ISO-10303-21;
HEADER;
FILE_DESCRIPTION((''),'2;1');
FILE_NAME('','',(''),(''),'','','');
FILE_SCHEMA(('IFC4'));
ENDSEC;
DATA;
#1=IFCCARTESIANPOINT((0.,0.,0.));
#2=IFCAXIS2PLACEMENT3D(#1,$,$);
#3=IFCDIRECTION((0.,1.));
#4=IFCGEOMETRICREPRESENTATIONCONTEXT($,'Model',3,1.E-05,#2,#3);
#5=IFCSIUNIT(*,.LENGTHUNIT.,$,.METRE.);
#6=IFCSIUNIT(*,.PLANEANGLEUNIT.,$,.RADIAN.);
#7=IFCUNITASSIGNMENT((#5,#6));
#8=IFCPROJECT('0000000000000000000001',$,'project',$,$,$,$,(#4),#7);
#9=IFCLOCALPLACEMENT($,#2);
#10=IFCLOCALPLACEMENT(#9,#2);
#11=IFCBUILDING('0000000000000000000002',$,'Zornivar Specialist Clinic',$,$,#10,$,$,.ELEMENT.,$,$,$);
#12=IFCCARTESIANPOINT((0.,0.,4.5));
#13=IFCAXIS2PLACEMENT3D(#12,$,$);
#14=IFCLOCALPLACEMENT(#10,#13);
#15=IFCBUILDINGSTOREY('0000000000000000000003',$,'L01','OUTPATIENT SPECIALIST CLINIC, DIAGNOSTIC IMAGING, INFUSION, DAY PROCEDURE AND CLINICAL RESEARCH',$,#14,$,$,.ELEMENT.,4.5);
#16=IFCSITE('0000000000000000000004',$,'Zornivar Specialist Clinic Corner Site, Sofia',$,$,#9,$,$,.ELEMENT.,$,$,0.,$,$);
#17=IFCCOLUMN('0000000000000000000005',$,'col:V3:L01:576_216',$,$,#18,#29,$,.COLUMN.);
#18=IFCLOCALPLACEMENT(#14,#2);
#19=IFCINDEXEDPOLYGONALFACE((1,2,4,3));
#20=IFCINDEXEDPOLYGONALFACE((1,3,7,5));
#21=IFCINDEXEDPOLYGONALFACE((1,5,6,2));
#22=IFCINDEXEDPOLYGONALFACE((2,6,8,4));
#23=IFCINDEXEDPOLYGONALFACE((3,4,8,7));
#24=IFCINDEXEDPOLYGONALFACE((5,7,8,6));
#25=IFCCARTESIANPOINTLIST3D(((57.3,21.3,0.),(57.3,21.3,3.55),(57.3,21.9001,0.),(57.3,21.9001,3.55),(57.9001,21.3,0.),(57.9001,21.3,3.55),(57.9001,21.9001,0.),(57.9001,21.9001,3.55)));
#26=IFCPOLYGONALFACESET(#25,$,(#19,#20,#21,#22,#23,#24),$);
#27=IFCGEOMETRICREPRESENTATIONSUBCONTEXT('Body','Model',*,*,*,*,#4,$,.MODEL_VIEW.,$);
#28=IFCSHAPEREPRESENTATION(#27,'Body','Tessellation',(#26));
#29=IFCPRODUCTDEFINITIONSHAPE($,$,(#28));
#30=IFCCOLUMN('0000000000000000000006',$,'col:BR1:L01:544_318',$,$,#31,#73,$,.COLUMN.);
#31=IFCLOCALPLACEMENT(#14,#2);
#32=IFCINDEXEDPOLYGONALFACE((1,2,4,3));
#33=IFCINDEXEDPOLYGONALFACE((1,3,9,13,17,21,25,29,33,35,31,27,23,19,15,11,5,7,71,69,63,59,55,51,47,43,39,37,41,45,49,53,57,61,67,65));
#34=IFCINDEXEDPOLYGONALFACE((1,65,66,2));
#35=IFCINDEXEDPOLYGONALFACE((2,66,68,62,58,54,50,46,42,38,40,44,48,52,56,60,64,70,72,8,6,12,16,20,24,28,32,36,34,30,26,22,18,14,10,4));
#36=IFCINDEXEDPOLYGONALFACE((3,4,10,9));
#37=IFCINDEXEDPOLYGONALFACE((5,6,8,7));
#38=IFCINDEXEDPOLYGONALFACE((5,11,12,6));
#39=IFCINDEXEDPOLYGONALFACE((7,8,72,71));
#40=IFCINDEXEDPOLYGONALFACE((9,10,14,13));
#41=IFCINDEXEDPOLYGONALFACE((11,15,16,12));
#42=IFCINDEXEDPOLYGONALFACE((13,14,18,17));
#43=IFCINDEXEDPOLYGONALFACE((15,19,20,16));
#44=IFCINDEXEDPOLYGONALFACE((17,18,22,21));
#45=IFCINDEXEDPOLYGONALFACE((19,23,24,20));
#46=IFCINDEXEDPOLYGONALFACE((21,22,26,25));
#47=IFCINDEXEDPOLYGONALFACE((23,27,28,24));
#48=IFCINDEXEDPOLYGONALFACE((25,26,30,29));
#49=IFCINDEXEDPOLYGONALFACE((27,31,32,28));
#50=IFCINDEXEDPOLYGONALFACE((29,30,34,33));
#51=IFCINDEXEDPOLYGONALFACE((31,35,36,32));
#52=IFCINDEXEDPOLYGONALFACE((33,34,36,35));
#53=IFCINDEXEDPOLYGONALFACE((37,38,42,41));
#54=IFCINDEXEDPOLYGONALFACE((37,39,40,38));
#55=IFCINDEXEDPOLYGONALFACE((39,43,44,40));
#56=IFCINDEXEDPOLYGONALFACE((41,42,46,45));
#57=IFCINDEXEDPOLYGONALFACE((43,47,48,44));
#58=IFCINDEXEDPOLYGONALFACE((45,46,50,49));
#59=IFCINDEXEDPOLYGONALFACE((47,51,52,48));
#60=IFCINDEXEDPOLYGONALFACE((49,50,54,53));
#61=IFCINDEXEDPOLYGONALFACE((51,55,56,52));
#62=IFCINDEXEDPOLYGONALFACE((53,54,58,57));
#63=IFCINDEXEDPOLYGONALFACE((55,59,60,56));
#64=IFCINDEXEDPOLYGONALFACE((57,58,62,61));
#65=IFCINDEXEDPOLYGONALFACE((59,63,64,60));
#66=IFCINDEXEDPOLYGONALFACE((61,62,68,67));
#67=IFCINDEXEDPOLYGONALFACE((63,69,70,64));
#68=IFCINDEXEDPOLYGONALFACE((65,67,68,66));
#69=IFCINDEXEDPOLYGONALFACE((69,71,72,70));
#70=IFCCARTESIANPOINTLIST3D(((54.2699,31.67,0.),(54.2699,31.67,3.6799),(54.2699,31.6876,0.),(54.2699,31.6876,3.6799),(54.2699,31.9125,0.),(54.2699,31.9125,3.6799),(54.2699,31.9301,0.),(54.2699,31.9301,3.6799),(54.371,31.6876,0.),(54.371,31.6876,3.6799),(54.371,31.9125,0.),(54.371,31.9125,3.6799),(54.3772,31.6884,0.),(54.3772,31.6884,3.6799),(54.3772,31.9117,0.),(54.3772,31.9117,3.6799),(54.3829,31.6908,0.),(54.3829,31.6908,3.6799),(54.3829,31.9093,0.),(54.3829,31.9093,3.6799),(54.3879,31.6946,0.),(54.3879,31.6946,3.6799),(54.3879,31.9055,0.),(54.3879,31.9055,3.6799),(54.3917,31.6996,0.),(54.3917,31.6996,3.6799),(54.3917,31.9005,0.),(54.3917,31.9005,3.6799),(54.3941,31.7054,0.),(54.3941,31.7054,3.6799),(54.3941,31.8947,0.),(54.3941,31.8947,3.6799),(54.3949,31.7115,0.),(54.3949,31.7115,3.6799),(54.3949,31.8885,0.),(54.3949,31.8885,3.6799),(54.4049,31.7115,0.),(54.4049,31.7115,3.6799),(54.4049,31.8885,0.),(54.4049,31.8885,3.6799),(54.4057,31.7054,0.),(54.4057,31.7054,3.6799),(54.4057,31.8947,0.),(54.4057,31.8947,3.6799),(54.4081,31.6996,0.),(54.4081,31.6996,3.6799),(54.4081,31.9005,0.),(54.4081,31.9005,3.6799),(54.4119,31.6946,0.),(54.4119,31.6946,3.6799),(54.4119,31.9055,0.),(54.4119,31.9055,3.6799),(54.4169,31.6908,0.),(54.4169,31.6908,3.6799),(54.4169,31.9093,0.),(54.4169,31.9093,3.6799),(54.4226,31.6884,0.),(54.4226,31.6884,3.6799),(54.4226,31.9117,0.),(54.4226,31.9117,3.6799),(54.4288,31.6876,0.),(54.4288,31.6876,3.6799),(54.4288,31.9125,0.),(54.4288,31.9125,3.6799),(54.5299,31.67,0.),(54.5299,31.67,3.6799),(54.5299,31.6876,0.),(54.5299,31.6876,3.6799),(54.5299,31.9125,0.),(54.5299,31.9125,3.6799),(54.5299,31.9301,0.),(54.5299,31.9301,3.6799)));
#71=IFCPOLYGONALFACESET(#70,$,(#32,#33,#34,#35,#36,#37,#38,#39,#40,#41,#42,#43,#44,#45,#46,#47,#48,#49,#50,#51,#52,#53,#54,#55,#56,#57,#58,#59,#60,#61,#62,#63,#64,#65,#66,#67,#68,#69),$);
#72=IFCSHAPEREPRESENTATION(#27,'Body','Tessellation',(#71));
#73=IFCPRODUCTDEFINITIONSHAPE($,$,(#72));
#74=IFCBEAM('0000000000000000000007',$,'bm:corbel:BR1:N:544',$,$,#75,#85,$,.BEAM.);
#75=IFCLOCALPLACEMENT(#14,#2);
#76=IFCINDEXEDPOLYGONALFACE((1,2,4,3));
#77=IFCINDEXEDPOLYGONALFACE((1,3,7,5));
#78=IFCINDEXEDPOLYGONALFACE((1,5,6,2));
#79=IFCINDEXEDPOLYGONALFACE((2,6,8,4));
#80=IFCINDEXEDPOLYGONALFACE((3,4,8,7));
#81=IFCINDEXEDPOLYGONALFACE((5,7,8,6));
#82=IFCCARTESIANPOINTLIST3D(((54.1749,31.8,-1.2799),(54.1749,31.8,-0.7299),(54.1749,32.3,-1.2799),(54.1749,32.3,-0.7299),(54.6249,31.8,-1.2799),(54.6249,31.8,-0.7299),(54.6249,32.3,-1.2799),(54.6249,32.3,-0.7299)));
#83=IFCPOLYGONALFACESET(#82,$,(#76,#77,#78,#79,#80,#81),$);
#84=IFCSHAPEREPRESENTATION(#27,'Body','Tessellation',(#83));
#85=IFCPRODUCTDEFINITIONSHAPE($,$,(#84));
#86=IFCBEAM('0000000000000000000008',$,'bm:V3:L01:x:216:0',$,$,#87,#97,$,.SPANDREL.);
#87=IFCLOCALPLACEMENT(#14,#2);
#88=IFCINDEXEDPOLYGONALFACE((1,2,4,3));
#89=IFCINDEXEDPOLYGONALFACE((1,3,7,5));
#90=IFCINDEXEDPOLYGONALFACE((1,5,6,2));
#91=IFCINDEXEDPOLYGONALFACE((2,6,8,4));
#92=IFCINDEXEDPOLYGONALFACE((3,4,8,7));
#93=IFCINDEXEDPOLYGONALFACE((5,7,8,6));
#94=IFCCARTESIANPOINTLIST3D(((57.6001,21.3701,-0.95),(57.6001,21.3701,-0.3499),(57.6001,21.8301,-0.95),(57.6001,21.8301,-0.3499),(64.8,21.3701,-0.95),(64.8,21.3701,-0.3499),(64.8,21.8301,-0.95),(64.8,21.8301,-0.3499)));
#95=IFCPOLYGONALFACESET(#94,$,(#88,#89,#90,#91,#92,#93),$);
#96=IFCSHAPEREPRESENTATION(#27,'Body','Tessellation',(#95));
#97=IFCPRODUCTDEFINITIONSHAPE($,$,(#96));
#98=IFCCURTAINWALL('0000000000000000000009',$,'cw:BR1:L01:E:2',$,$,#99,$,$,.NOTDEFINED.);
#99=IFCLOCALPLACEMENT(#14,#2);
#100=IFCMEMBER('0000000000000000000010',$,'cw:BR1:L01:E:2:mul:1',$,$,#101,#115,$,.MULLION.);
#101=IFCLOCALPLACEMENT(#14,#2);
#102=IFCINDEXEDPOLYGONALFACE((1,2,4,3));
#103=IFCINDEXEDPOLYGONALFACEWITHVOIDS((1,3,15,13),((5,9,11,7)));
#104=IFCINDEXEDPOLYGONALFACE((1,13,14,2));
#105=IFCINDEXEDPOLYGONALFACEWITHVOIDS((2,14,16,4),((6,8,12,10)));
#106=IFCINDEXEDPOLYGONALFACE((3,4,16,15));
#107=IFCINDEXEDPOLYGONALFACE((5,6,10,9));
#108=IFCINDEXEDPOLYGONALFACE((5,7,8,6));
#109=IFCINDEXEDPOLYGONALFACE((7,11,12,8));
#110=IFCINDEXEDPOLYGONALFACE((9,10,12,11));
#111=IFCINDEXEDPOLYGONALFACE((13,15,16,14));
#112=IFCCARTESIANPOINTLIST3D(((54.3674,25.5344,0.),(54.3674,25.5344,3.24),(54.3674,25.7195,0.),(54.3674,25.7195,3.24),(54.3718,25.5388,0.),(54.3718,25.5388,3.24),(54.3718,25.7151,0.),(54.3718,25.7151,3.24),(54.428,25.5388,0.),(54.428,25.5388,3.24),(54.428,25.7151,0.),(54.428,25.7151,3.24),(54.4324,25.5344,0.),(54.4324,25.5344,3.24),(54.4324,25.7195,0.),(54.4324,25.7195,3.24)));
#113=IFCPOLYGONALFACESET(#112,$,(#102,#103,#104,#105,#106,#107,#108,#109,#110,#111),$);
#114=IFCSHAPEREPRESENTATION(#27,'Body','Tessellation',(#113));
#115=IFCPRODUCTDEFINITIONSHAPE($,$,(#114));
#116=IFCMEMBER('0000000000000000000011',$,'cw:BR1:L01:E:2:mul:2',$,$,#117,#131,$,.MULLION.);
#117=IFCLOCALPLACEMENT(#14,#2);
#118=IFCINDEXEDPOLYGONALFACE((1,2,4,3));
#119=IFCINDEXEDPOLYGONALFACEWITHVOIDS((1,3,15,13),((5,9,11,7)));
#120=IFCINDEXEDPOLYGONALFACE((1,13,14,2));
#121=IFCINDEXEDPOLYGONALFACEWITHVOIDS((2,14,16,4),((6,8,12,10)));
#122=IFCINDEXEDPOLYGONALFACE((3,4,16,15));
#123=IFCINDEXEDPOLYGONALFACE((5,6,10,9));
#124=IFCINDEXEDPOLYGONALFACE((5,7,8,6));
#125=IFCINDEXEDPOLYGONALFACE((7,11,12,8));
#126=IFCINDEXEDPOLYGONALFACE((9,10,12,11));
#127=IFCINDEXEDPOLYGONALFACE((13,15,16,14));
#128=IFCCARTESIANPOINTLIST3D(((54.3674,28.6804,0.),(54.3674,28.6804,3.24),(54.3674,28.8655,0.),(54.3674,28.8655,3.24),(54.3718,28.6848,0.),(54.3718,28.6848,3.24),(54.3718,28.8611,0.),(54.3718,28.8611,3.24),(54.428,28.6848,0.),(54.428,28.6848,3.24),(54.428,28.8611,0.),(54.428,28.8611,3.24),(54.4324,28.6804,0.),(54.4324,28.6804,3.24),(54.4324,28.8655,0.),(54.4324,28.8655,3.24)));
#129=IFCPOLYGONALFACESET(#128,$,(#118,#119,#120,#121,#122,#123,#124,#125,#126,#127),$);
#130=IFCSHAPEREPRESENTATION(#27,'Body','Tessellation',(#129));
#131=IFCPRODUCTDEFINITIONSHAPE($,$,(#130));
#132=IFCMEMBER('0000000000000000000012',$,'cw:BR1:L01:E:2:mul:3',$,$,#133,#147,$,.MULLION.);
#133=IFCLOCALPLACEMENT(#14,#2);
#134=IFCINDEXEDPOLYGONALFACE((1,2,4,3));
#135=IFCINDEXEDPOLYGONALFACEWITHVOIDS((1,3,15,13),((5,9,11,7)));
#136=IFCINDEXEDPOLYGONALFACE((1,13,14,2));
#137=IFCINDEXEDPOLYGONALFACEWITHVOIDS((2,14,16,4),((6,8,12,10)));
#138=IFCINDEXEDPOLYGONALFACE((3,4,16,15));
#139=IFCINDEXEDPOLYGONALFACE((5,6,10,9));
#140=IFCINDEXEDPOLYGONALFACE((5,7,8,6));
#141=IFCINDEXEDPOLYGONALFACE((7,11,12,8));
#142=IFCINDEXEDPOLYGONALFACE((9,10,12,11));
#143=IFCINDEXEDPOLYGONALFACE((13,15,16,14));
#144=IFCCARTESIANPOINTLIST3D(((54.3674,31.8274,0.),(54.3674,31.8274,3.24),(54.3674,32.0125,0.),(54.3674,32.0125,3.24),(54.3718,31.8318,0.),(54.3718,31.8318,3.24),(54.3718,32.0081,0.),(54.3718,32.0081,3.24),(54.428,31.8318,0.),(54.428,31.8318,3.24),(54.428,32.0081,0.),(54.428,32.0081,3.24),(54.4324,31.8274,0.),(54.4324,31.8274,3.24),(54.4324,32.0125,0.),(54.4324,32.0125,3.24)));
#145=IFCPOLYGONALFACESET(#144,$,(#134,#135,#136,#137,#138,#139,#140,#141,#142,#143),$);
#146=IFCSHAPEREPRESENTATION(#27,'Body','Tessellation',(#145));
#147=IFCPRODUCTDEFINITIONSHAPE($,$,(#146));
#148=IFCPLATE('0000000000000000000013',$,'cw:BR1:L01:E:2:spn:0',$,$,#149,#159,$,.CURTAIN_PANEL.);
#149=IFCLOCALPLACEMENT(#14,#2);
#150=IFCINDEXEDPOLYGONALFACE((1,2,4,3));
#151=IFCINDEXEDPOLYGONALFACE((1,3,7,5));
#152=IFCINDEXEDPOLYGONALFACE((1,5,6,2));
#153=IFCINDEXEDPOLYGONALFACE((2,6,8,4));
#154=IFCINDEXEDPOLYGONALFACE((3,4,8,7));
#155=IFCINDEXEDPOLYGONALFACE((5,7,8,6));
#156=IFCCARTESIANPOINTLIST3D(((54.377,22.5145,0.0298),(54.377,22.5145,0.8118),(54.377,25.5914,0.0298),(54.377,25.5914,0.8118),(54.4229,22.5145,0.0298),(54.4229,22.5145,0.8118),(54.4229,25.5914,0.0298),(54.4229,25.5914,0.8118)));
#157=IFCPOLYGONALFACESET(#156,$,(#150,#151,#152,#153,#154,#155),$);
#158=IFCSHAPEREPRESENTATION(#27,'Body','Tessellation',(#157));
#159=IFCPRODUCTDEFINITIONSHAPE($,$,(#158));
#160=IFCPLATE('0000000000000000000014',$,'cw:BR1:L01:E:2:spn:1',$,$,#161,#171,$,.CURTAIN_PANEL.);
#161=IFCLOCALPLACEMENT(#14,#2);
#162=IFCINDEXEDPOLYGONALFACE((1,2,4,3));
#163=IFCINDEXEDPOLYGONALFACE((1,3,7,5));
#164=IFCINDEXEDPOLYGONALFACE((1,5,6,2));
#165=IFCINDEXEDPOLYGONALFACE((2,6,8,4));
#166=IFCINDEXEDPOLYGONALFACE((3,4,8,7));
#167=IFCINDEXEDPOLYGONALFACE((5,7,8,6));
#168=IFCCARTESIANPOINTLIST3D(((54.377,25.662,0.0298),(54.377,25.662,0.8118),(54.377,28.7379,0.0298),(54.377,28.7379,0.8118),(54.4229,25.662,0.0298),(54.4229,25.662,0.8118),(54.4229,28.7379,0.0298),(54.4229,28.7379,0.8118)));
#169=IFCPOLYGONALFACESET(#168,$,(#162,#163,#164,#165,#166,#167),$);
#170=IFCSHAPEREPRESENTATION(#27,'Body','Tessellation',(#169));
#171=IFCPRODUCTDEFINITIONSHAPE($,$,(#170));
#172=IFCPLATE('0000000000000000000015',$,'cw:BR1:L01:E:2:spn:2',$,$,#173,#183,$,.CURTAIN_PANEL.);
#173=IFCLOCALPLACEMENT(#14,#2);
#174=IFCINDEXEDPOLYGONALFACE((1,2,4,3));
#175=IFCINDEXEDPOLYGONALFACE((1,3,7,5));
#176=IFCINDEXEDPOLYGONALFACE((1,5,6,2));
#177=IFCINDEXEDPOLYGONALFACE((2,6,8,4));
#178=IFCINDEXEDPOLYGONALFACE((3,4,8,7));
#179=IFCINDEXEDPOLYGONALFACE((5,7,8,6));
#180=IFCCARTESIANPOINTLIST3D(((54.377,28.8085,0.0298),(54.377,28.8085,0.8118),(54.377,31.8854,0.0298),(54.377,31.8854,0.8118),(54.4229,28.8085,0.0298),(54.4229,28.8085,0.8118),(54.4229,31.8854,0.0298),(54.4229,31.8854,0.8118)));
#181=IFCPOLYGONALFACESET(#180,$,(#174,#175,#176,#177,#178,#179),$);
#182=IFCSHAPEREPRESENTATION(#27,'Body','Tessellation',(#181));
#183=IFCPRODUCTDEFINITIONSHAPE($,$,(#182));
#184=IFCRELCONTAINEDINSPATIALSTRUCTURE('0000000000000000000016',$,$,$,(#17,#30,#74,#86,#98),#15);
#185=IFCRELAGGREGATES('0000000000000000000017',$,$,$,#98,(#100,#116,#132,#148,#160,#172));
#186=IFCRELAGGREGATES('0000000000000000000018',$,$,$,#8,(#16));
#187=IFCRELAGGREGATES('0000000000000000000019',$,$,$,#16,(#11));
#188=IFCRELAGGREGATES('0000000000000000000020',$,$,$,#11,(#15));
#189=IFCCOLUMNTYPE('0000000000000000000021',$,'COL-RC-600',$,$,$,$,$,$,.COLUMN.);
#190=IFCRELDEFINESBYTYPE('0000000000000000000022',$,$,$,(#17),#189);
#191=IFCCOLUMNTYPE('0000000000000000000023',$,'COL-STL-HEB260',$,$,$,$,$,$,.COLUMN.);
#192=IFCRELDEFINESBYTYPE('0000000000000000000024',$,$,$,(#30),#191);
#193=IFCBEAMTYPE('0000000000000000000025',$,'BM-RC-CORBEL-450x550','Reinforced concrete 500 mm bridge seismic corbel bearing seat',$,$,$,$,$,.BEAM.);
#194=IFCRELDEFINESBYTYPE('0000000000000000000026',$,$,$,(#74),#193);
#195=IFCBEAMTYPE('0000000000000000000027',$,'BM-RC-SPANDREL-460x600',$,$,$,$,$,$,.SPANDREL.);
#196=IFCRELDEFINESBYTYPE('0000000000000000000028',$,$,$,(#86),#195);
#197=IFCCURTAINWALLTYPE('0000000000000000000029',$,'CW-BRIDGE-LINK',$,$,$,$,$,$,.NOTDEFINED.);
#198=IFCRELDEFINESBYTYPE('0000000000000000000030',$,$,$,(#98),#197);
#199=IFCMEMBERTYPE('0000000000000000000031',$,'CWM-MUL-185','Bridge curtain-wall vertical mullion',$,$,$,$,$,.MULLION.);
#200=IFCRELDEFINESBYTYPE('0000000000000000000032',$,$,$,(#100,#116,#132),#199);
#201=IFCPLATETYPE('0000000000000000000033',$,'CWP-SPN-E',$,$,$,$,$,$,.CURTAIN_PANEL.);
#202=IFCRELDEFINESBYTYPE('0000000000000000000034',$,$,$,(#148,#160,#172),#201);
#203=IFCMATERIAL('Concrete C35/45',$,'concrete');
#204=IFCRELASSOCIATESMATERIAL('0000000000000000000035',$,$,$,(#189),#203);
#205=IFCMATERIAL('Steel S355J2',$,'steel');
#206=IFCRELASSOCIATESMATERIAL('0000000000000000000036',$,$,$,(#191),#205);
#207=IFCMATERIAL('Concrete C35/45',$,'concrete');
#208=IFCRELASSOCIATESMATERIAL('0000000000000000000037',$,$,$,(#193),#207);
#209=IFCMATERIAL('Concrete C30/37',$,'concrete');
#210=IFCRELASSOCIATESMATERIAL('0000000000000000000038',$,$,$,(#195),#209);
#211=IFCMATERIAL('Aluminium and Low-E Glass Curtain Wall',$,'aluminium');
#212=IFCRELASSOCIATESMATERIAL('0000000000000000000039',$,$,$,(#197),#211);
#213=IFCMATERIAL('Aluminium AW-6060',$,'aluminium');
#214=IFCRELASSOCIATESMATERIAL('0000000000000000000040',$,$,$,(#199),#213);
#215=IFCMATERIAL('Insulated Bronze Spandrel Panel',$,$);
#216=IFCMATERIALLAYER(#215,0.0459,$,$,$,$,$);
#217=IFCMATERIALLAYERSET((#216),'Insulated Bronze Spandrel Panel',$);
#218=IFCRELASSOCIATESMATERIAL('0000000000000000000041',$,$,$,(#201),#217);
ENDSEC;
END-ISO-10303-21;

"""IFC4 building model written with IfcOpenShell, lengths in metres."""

from ifc_helpers import new_model, si_unit, direction, frame, origin, origin_2d, place, context, subcontext, project, spatial, rectangle, hollow_rectangle, i_section, extrude, material, layer, layer_set, material_profile, profile_set, type_object, element, aggregate, save


model = new_model("IFC4")

# Units and contexts
model_context = context("Model", 3, precision=1e-05, world=origin(), true_north=direction((0.0, 1.0)))
body_context = subcontext(model_context, "Body", "Model", "MODEL_VIEW")
ifc_project = project(units=[si_unit("LENGTHUNIT", "METRE"), si_unit("PLANEANGLEUNIT", "RADIAN")], contexts=[model_context])

# Site, building, storey
site_placement = place(None, origin())
site = spatial("IfcSite", under=ifc_project, at=site_placement, Name="Zornivar Specialist Clinic Corner Site, Sofia", CompositionType="ELEMENT", RefElevation=0.0)
building_placement = place(site_placement, origin())
building = spatial("IfcBuilding", under=site, at=building_placement, Name="Zornivar Specialist Clinic", CompositionType="ELEMENT")
storey_placement = place(building_placement, frame((0.0, 0.0, 4.5)))
storey = spatial("IfcBuildingStorey", under=building, at=storey_placement, Name="L01", Description="OUTPATIENT SPECIALIST CLINIC, DIAGNOSTIC IMAGING, INFUSION, DAY PROCEDURE AND CLINICAL RESEARCH", CompositionType="ELEMENT", Elevation=4.5)

# Columns
ifc_material_1 = material(Name="Concrete C35/45", Category="concrete")
ifc_material_profile_1 = material_profile(ifc_material_1, rectangle(XDim=0.6001, YDim=0.6001, at=origin_2d()), Name="RC 600x600")
ifc_profile_set_1 = profile_set([ifc_material_profile_1], Name="Concrete C35/45")
column_type_1 = type_object("IfcColumnType", Name="COL-RC-600", PredefinedType="COLUMN", material=ifc_profile_set_1)
column_1_placement = place(storey_placement, frame((57.6001, 21.6001, 0.0), z_axis=(0.0, 0.0, 1.0), x_axis=(1.0, 0.0, 0.0)))
element("IfcColumn", 1, at=column_1_placement, inside=storey, type_object=column_type_1, Name="col:V3:L01:576_216", PredefinedType="COLUMN", context=body_context, shape_type="SweptSolid", body=[
    extrude(rectangle(XDim=0.6001, YDim=0.6001, at=origin_2d()), origin(), (0.0, 0.0, 1.0), 3.55),
])
ifc_material_2 = material(Name="Steel S355J2", Category="steel")
ifc_material_profile_2 = material_profile(ifc_material_2, i_section(OverallWidth=0.26, OverallDepth=0.26, WebThickness=0.01, FlangeThickness=0.0176, FilletRadius=0.0239, at=origin_2d()), Name="HEB 260")
ifc_profile_set_2 = profile_set([ifc_material_profile_2], Name="Steel S355J2")
column_type_2 = type_object("IfcColumnType", Name="COL-STL-HEB260", PredefinedType="COLUMN", material=ifc_profile_set_2)
column_2_placement = place(storey_placement, frame((54.3999, 31.8, 0.0), z_axis=(0.0, 0.0, 1.0), x_axis=(1.0, 0.0, 0.0)))
element("IfcColumn", 2, at=column_2_placement, inside=storey, type_object=column_type_2, Name="col:BR1:L01:544_318", PredefinedType="COLUMN", context=body_context, shape_type="SweptSolid", body=[
    extrude(i_section(OverallWidth=0.26, OverallDepth=0.26, WebThickness=0.01, FlangeThickness=0.0176, FilletRadius=0.0239, at=origin_2d()), origin(), (0.0, 0.0, 1.0), 3.6799),
])

# Beams
ifc_material_3 = material(Name="Concrete C35/45", Category="concrete")
ifc_material_profile_3 = material_profile(ifc_material_3, rectangle(XDim=0.45, YDim=0.55, at=origin_2d()), Name="RC 450x550")
ifc_profile_set_3 = profile_set([ifc_material_profile_3], Name="Concrete C35/45")
beam_type_1 = type_object("IfcBeamType", Name="BM-RC-CORBEL-450x550", Description="Reinforced concrete 500 mm bridge seismic corbel bearing seat", PredefinedType="BEAM", material=ifc_profile_set_3)
beam_1_placement = place(storey_placement, frame((54.3999, 31.8, -1.0049), z_axis=(0.0, 1.0, 0.0), x_axis=(-1.0, 0.0, 0.0)))
element("IfcBeam", 3, at=beam_1_placement, inside=storey, type_object=beam_type_1, Name="bm:corbel:BR1:N:544", PredefinedType="BEAM", context=body_context, shape_type="SweptSolid", body=[
    extrude(rectangle(XDim=0.45, YDim=0.55, at=origin_2d()), origin(), (0.0, 0.0, 1.0), 0.5),
])
ifc_material_4 = material(Name="Concrete C30/37", Category="concrete")
ifc_material_profile_4 = material_profile(ifc_material_4, rectangle(XDim=0.46, YDim=0.6001, at=origin_2d()), Name="RC 460x600")
ifc_profile_set_4 = profile_set([ifc_material_profile_4], Name="Concrete C30/37")
beam_type_2 = type_object("IfcBeamType", Name="BM-RC-SPANDREL-460x600", PredefinedType="SPANDREL", material=ifc_profile_set_4)
beam_2_placement = place(storey_placement, frame((57.6001, 21.6001, -0.6499), z_axis=(1.0, 0.0, 0.0), x_axis=(0.0, 1.0, 0.0)))
element("IfcBeam", 4, at=beam_2_placement, inside=storey, type_object=beam_type_2, Name="bm:V3:L01:x:216:0", PredefinedType="SPANDREL", context=body_context, shape_type="SweptSolid", body=[
    extrude(rectangle(XDim=0.46, YDim=0.6001, at=origin_2d()), origin(), (0.0, 0.0, 1.0), 7.2),
])

# Curtain wall, members, plates
ifc_material_5 = material(Name="Aluminium and Low-E Glass Curtain Wall", Category="aluminium")
curtain_wall_type = type_object("IfcCurtainWallType", Name="CW-BRIDGE-LINK", PredefinedType="NOTDEFINED", material=ifc_material_5)
curtain_wall_placement = place(storey_placement, origin())
curtain_wall = element("IfcCurtainWall", 5, at=curtain_wall_placement, inside=storey, type_object=curtain_wall_type, Name="cw:BR1:L01:E:2", PredefinedType="NOTDEFINED")
ifc_material_6 = material(Name="Aluminium AW-6060", Category="aluminium")
ifc_material_profile_5 = material_profile(ifc_material_6, hollow_rectangle(XDim=0.0649, YDim=0.1851, WallThickness=0.0044, at=origin_2d()), Name="ALU 65x185x4.5")
ifc_profile_set_5 = profile_set([ifc_material_profile_5], Name="Aluminium AW-6060")
member_type = type_object("IfcMemberType", Name="CWM-MUL-185", Description="Bridge curtain-wall vertical mullion", PredefinedType="MULLION", material=ifc_profile_set_5)
member_1_placement = place(storey_placement, frame((54.3999, 25.627, 0.0), z_axis=(0.0, 0.0, 1.0), x_axis=(1.0, 0.0, 0.0)))
member_1 = element("IfcMember", 6, at=member_1_placement, type_object=member_type, Name="cw:BR1:L01:E:2:mul:1", PredefinedType="MULLION", context=body_context, shape_type="SweptSolid", body=[
    extrude(hollow_rectangle(XDim=0.0649, YDim=0.1851, WallThickness=0.0044, at=origin_2d()), origin(), (0.0, 0.0, 1.0), 3.24),
])
member_2_placement = place(storey_placement, frame((54.3999, 28.7729, 0.0), z_axis=(0.0, 0.0, 1.0), x_axis=(1.0, 0.0, 0.0)))
member_2 = element("IfcMember", 7, at=member_2_placement, type_object=member_type, Name="cw:BR1:L01:E:2:mul:2", PredefinedType="MULLION", context=body_context, shape_type="SweptSolid", body=[
    extrude(hollow_rectangle(XDim=0.0649, YDim=0.1851, WallThickness=0.0044, at=origin_2d()), origin(), (0.0, 0.0, 1.0), 3.24),
])
member_3_placement = place(storey_placement, frame((54.3999, 31.9199, 0.0), z_axis=(0.0, 0.0, 1.0), x_axis=(1.0, 0.0, 0.0)))
member_3 = element("IfcMember", 8, at=member_3_placement, type_object=member_type, Name="cw:BR1:L01:E:2:mul:3", PredefinedType="MULLION", context=body_context, shape_type="SweptSolid", body=[
    extrude(hollow_rectangle(XDim=0.0649, YDim=0.1851, WallThickness=0.0044, at=origin_2d()), origin(), (0.0, 0.0, 1.0), 3.24),
])
ifc_material_7 = material(Name="Insulated Bronze Spandrel Panel")
ifc_layer_1 = layer(ifc_material_7, 0.0459)
ifc_layer_set_1 = layer_set([ifc_layer_1], Name="Insulated Bronze Spandrel Panel")
plate_type_1 = type_object("IfcPlateType", Name="CWP-SPN-E", PredefinedType="CURTAIN_PANEL", material=ifc_layer_set_1)
plate_1_placement = place(storey_placement, frame((54.3999, 24.053, 0.0298), z_axis=(0.0, 0.0, 1.0), x_axis=(0.0, 1.0, 0.0)))
plate_1 = element("IfcPlate", 9, at=plate_1_placement, type_object=plate_type_1, Name="cw:BR1:L01:E:2:spn:0", PredefinedType="CURTAIN_PANEL", context=body_context, shape_type="SweptSolid", body=[
    extrude(rectangle(XDim=3.0769, YDim=0.0459, at=origin_2d()), origin(), (0.0, 0.0, 1.0), 0.782),
])
plate_2_placement = place(storey_placement, frame((54.3999, 27.2, 0.0298), z_axis=(0.0, 0.0, 1.0), x_axis=(0.0, 1.0, 0.0)))
plate_2 = element("IfcPlate", 10, at=plate_2_placement, type_object=plate_type_1, Name="cw:BR1:L01:E:2:spn:1", PredefinedType="CURTAIN_PANEL", context=body_context, shape_type="SweptSolid", body=[
    extrude(rectangle(XDim=3.0759, YDim=0.0459, at=origin_2d()), origin(), (0.0, 0.0, 1.0), 0.782),
])
plate_3_placement = place(storey_placement, frame((54.3999, 30.3469, 0.0298), z_axis=(0.0, 0.0, 1.0), x_axis=(0.0, 1.0, 0.0)))
plate_3 = element("IfcPlate", 11, at=plate_3_placement, type_object=plate_type_1, Name="cw:BR1:L01:E:2:spn:2", PredefinedType="CURTAIN_PANEL", context=body_context, shape_type="SweptSolid", body=[
    extrude(rectangle(XDim=3.0769, YDim=0.0459, at=origin_2d()), origin(), (0.0, 0.0, 1.0), 0.782),
])
aggregate(curtain_wall, [member_1, member_2, member_3, plate_1, plate_2, plate_3])

save(model, "model.ifc")
